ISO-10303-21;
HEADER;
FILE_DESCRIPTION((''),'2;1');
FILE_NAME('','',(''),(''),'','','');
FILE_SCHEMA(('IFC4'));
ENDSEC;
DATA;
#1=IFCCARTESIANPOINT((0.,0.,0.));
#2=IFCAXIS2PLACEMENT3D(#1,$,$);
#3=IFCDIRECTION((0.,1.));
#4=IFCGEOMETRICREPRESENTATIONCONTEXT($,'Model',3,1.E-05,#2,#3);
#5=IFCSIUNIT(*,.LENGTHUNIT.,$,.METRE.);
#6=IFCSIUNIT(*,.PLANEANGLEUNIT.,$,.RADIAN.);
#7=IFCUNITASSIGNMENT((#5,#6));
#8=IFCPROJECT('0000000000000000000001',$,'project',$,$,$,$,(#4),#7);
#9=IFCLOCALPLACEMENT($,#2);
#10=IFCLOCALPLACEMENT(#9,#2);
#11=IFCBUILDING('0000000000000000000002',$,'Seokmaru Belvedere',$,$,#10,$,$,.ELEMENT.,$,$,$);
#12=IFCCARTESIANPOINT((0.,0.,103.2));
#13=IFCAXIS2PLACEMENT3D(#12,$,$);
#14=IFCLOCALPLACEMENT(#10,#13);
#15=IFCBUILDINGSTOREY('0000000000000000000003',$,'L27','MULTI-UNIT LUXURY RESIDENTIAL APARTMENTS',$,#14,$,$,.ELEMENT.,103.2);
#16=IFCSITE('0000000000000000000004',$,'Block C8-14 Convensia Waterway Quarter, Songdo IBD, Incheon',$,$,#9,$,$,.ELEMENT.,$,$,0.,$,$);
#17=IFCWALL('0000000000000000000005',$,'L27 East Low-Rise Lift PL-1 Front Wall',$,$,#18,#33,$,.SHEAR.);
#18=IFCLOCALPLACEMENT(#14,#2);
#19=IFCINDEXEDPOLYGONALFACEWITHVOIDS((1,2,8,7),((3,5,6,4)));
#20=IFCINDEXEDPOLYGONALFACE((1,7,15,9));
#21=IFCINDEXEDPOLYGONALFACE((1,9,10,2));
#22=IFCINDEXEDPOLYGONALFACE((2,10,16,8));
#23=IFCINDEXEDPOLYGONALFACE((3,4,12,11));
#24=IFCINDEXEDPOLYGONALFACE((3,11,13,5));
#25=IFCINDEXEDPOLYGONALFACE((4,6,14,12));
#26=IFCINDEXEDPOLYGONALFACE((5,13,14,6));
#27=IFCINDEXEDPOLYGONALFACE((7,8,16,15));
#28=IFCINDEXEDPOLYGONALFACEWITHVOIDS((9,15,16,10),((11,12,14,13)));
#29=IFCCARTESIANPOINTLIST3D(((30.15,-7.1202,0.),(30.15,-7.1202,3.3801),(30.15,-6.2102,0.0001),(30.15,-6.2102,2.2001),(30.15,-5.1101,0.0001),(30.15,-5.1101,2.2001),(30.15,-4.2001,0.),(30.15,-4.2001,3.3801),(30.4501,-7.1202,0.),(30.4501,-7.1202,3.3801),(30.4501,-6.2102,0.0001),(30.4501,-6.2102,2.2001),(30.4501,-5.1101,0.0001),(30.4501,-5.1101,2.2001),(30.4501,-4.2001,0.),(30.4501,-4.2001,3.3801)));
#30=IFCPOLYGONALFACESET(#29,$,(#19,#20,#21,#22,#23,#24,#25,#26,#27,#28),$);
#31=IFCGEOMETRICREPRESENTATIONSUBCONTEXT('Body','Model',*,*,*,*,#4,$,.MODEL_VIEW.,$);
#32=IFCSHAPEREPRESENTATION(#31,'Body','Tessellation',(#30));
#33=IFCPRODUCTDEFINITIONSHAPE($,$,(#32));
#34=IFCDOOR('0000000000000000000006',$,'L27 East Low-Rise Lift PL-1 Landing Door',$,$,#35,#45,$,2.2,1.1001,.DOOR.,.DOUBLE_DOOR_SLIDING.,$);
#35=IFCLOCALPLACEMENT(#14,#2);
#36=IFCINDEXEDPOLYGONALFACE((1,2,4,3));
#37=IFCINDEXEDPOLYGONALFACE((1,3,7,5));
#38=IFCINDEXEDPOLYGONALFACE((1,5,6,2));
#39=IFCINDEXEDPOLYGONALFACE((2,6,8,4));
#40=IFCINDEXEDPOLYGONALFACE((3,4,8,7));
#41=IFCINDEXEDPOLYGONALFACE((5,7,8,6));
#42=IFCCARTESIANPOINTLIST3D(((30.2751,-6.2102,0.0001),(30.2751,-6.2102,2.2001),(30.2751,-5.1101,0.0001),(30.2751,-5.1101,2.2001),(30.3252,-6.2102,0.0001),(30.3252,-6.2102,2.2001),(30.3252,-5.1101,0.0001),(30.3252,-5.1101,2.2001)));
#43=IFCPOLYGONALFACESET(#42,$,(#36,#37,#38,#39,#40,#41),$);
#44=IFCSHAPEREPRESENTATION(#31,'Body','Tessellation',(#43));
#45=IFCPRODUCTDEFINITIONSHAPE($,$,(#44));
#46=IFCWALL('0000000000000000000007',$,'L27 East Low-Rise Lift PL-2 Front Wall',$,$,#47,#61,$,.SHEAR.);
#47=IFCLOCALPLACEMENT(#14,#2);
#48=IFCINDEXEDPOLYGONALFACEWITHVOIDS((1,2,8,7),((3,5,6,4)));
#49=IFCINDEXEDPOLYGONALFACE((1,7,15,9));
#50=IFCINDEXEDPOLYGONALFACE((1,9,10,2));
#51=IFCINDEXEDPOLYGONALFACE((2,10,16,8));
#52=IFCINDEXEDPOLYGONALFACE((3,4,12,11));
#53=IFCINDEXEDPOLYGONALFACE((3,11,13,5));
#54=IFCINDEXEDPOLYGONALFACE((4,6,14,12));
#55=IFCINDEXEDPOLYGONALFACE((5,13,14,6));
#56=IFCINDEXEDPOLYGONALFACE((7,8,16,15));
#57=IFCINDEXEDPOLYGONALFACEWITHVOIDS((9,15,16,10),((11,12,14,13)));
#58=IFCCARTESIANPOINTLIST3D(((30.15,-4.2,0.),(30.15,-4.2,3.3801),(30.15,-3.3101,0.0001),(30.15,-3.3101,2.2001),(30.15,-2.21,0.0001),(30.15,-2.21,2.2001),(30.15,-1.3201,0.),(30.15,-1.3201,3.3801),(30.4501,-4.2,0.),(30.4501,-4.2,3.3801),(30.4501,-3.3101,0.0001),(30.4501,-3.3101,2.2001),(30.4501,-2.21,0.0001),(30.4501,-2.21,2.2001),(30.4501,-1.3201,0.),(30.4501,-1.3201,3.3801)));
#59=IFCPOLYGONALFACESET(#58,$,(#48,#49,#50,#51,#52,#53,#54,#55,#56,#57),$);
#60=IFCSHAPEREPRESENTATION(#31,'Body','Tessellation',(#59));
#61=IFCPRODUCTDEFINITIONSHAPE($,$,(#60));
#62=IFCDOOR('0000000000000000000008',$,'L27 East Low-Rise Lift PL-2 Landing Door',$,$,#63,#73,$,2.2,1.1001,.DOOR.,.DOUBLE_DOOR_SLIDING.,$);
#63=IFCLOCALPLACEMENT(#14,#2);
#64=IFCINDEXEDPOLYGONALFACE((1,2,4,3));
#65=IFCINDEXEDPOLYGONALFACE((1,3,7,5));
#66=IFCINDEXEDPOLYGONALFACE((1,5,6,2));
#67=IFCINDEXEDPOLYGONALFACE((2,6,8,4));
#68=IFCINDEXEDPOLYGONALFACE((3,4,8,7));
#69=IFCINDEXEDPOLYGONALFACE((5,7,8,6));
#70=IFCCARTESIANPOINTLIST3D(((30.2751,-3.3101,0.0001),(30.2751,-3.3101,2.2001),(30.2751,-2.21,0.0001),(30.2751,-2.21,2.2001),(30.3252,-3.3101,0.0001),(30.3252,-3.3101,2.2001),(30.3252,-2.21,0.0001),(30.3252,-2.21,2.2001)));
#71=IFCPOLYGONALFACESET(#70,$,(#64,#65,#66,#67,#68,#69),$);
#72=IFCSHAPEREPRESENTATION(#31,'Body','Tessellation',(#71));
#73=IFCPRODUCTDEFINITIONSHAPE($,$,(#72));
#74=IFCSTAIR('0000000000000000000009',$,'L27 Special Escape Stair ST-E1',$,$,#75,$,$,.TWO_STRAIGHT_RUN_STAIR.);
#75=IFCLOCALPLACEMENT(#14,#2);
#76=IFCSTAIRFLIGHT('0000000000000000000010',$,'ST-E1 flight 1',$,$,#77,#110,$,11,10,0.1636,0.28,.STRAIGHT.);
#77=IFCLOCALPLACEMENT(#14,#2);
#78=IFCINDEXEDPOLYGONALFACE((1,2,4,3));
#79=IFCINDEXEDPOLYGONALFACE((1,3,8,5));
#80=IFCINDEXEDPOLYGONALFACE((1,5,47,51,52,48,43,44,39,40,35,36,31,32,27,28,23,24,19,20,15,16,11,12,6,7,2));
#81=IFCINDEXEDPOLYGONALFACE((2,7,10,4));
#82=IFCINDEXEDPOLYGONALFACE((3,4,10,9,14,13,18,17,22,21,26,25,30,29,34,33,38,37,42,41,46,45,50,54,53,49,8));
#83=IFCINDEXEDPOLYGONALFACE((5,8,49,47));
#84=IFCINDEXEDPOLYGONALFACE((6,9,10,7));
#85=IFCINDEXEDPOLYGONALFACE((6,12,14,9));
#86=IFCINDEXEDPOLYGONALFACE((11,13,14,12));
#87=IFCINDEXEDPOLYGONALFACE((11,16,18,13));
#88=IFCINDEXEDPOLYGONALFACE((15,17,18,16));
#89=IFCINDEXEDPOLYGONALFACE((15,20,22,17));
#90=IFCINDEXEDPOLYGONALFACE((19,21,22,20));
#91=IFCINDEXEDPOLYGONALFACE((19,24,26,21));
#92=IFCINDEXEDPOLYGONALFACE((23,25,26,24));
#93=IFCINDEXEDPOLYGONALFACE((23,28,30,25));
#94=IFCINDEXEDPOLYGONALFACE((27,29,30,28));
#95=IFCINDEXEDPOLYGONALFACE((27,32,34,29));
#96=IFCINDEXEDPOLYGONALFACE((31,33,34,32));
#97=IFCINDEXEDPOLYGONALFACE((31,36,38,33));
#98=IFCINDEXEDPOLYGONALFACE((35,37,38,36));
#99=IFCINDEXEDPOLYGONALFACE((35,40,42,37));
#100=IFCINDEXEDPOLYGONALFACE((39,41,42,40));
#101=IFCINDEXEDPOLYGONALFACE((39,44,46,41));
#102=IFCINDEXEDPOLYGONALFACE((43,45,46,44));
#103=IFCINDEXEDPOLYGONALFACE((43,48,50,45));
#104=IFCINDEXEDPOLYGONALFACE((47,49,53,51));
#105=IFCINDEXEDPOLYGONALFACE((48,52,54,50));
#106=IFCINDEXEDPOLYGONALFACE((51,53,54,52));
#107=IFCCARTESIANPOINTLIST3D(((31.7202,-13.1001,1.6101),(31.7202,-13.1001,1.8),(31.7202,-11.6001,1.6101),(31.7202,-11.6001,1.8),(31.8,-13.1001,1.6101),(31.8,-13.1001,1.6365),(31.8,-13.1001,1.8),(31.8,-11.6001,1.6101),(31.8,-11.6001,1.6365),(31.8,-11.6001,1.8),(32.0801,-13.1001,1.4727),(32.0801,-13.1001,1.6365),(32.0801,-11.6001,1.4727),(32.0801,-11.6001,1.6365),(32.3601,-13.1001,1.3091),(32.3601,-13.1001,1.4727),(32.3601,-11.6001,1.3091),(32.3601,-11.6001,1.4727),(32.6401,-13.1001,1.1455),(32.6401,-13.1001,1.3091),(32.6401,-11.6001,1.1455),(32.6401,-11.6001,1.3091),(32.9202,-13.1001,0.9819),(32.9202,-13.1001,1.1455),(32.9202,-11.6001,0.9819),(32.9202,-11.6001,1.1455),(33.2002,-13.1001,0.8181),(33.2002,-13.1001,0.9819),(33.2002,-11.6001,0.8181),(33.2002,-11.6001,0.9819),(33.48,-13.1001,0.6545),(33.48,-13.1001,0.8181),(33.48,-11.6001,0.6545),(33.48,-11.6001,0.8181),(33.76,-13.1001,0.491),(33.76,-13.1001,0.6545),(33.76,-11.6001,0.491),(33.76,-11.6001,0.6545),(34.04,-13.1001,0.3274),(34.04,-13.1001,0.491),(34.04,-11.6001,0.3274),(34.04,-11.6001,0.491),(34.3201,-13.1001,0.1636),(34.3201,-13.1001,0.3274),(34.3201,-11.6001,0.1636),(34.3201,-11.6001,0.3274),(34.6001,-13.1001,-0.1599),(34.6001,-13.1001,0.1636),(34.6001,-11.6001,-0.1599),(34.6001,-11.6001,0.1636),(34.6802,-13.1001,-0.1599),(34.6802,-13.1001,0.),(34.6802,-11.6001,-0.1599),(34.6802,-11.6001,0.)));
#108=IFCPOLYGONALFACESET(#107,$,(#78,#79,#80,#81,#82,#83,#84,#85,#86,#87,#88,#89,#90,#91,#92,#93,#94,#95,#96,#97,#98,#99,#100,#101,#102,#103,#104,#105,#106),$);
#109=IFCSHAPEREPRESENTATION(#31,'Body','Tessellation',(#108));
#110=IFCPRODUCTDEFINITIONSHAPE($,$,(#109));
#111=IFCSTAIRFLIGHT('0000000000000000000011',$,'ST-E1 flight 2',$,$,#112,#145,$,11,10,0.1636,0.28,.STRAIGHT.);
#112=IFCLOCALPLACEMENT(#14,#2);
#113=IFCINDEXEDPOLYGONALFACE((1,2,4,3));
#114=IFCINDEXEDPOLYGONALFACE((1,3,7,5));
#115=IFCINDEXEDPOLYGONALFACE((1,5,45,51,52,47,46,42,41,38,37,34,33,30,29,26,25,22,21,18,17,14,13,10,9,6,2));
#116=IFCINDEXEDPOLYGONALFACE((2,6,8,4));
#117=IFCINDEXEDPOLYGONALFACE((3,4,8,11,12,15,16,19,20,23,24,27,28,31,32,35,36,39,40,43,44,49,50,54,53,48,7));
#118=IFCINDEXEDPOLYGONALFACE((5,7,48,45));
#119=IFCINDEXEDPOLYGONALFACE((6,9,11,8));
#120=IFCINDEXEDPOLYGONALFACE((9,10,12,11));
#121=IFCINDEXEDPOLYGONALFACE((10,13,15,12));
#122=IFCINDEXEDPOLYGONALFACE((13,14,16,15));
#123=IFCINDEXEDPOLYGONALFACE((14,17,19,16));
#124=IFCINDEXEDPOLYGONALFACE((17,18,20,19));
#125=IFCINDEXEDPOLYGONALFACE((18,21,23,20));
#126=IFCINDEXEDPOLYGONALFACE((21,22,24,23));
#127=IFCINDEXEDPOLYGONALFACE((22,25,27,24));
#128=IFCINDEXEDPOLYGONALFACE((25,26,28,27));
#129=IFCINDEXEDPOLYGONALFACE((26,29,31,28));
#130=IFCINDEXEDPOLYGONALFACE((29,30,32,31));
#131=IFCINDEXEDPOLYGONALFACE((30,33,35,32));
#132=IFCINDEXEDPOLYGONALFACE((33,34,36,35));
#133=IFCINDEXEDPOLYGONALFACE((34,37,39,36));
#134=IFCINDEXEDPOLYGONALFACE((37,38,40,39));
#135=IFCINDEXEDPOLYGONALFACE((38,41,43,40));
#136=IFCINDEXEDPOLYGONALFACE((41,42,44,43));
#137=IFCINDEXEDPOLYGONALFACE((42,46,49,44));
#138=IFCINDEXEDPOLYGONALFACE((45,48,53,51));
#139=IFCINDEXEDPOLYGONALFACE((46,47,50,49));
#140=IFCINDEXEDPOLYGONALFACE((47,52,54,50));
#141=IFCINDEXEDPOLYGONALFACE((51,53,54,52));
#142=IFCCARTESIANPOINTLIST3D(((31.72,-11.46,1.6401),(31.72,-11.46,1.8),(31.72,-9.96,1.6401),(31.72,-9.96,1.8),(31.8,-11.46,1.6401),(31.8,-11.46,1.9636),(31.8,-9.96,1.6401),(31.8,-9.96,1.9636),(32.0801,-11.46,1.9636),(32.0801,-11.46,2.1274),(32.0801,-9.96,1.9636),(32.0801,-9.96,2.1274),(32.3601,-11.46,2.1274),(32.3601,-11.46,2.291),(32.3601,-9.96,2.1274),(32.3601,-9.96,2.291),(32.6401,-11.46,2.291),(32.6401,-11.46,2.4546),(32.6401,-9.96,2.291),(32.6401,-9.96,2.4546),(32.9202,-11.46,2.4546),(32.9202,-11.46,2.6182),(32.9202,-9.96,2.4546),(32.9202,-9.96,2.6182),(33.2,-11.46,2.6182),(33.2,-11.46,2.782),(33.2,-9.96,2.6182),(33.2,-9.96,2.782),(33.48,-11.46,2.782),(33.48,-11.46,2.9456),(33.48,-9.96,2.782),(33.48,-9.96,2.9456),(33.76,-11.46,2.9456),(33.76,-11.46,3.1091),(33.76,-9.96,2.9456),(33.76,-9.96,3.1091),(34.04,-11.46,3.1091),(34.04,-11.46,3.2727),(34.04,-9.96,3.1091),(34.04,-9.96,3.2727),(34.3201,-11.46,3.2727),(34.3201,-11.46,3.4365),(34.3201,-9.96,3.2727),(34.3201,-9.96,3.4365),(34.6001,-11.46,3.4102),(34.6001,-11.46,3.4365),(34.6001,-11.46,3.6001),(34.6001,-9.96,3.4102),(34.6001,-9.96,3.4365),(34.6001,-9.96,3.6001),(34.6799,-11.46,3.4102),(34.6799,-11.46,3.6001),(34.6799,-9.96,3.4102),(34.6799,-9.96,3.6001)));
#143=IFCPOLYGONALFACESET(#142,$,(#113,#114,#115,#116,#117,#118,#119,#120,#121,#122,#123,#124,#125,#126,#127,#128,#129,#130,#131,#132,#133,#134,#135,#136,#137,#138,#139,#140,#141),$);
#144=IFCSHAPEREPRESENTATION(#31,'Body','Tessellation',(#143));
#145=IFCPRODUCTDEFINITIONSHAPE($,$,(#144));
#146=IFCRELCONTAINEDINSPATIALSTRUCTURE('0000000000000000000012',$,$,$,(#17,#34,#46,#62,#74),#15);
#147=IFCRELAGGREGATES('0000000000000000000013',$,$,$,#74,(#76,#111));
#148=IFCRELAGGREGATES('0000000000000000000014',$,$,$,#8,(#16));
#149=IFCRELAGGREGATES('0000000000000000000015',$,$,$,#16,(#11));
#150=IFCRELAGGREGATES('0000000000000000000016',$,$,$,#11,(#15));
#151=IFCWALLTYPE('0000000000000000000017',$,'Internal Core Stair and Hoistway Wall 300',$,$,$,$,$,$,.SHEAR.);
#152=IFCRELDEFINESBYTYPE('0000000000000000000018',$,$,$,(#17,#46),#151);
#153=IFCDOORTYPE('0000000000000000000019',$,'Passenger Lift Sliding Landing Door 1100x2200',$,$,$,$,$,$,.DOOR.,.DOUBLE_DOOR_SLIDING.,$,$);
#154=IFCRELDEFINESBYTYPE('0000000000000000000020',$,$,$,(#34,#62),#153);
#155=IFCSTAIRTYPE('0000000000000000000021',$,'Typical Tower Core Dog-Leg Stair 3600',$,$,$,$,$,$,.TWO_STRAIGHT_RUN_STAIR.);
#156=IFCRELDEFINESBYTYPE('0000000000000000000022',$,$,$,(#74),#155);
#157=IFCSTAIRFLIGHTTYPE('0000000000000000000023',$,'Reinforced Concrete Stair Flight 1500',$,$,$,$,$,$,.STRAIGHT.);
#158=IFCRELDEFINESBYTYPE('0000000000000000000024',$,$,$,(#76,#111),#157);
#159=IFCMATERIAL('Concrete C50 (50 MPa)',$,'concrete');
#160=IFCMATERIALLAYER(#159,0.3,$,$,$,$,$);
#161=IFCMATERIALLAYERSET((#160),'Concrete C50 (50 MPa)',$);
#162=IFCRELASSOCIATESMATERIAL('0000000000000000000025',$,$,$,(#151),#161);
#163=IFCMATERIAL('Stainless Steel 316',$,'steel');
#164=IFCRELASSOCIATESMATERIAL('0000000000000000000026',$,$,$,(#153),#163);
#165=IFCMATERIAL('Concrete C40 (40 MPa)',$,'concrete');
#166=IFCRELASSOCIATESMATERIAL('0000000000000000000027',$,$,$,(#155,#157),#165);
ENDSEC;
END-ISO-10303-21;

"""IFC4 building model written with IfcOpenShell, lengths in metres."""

from ifc_helpers import new_model, si_unit, direction, frame, frame_2d, origin, place, context, subcontext, project, spatial, polyline, rectangle, outline, extrude, source, transform, mapped, material, layer, layer_set, type_object, type_shapes, element, fill, aggregate, save


model = new_model("IFC4")

# Units and contexts
model_context = context("Model", 3, precision=1e-05, world=origin(), true_north=direction((0.0, 1.0)))
body_context = subcontext(model_context, "Body", "Model", "MODEL_VIEW")
ifc_project = project(units=[si_unit("LENGTHUNIT", "METRE"), si_unit("PLANEANGLEUNIT", "RADIAN")], contexts=[model_context])

# Site, building, storey
site_placement = place(None, origin())
site = spatial("IfcSite", under=ifc_project, at=site_placement, Name="Block C8-14 Convensia Waterway Quarter, Songdo IBD, Incheon", CompositionType="ELEMENT", RefElevation=0.0)
building_placement = place(site_placement, origin())
building = spatial("IfcBuilding", under=site, at=building_placement, Name="Seokmaru Belvedere", CompositionType="ELEMENT")
storey_placement = place(building_placement, frame((0.0, 0.0, 103.2)))
storey = spatial("IfcBuildingStorey", under=building, at=storey_placement, Name="L27", Description="MULTI-UNIT LUXURY RESIDENTIAL APARTMENTS", CompositionType="ELEMENT", Elevation=103.2)

# Walls, openings, doors
ifc_material_1 = material(Name="Concrete C50 (50 MPa)", Category="concrete")
ifc_layer_1 = layer(ifc_material_1, 0.3)
ifc_layer_set_1 = layer_set([ifc_layer_1], Name="Concrete C50 (50 MPa)")
wall_type_1 = type_object("IfcWallType", Name="Internal Core Stair and Hoistway Wall 300", PredefinedType="SHEAR", material=ifc_layer_set_1)
ifc_material_2 = material(Name="Stainless Steel 316", Category="steel")
wall_1_placement = place(storey_placement, frame((30.3, -7.1201, 0.0), z_axis=(0.0, 0.0, 1.0), x_axis=(0.0, 1.0, 0.0)))
wall_1 = element("IfcWall", 1, at=wall_1_placement, inside=storey, type_object=wall_type_1, Name="L27 East Low-Rise Lift PL-1 Front Wall", PredefinedType="SHEAR", context=body_context, shape_type="SweptSolid", body=[
    extrude(rectangle(XDim=2.9202, YDim=0.3, at=frame_2d((1.46, 0.0))), origin(), (0.0, 0.0, 1.0), 3.3801),
])
opening_1_placement = place(wall_1_placement, frame((0.9099, 0.0, 0.0)))
opening_1 = element("IfcOpeningElement", 2, at=opening_1_placement, cuts=wall_1, PredefinedType="OPENING", context=body_context, shape_type="SweptSolid", body=[
    extrude(rectangle(XDim=1.1001, YDim=2.2, at=frame_2d((0.55, 1.1001))), frame((0.0, 0.1602, 0.0), z_axis=(0.0, -1.0, 0.0), x_axis=(1.0, 0.0, 0.0)), (0.0, 0.0, 1.0), 0.3201),
])
door_type_1 = type_object("IfcDoorType", Name="Passenger Lift Sliding Landing Door 1100x2200", OperationType="DOUBLE_DOOR_SLIDING", PredefinedType="DOOR", material=ifc_material_2)
shared_shape_1 = source(origin(), body_context, "Body", "SweptSolid", [
    extrude(rectangle(XDim=1.1001, YDim=2.2, at=frame_2d((0.55, 1.1001))), frame((0.0, 0.0249, 0.0), z_axis=(0.0, -1.0, 0.0), x_axis=(1.0, 0.0, 0.0)), (0.0, 0.0, 1.0), 0.05),
])
type_shapes(door_type_1, [shared_shape_1])
door_1_placement = place(opening_1_placement, origin())
door_1 = element("IfcDoor", 3, at=door_1_placement, inside=storey, type_object=door_type_1, Name="L27 East Low-Rise Lift PL-1 Landing Door", OperationType="DOUBLE_DOOR_SLIDING", OverallHeight=2.2, OverallWidth=1.1001, PredefinedType="DOOR", context=body_context, shape_type="MappedRepresentation", body=[
    mapped(shared_shape_1, transform((0.0, 0.0, 0.0), scale=1.0)),
])
fill(opening_1, door_1)
wall_2_placement = place(storey_placement, frame((30.3, -4.2, 0.0), z_axis=(0.0, 0.0, 1.0), x_axis=(0.0, 1.0, 0.0)))
wall_2 = element("IfcWall", 4, at=wall_2_placement, inside=storey, type_object=wall_type_1, Name="L27 East Low-Rise Lift PL-2 Front Wall", PredefinedType="SHEAR", context=body_context, shape_type="SweptSolid", body=[
    extrude(rectangle(XDim=2.8799, YDim=0.3, at=frame_2d((1.4399, 0.0))), origin(), (0.0, 0.0, 1.0), 3.3801),
])
opening_2_placement = place(wall_2_placement, frame((0.8899, 0.0, 0.0)))
opening_2 = element("IfcOpeningElement", 5, at=opening_2_placement, cuts=wall_2, PredefinedType="OPENING", context=body_context, shape_type="SweptSolid", body=[
    extrude(rectangle(XDim=1.1001, YDim=2.2, at=frame_2d((0.55, 1.1001))), frame((0.0, 0.1602, 0.0), z_axis=(0.0, -1.0, 0.0), x_axis=(1.0, 0.0, 0.0)), (0.0, 0.0, 1.0), 0.3201),
])
door_2_placement = place(opening_2_placement, origin())
door_2 = element("IfcDoor", 6, at=door_2_placement, inside=storey, type_object=door_type_1, Name="L27 East Low-Rise Lift PL-2 Landing Door", OperationType="DOUBLE_DOOR_SLIDING", OverallHeight=2.2, OverallWidth=1.1001, PredefinedType="DOOR", context=body_context, shape_type="MappedRepresentation", body=[
    mapped(shared_shape_1, transform((0.0, 0.0, 0.0), scale=1.0)),
])
fill(opening_2, door_2)

# Stair, stair flights
ifc_material_3 = material(Name="Concrete C40 (40 MPa)", Category="concrete")
stair_type = type_object("IfcStairType", Name="Typical Tower Core Dog-Leg Stair 3600", PredefinedType="TWO_STRAIGHT_RUN_STAIR", material=ifc_material_3)
stair_placement = place(storey_placement, origin())
stair = element("IfcStair", 7, at=stair_placement, inside=storey, type_object=stair_type, Name="L27 Special Escape Stair ST-E1", PredefinedType="TWO_STRAIGHT_RUN_STAIR")
stair_flight_type = type_object("IfcStairFlightType", Name="Reinforced Concrete Stair Flight 1500", PredefinedType="STRAIGHT", material=ifc_material_3)
stair_flight_1_placement = place(storey_placement, frame((34.6001, -12.3501, 0.0), z_axis=(0.0, 0.0, 1.0), x_axis=(-1.0, 0.0, 0.0)))
stair_flight_1 = element("IfcStairFlight", 8, at=stair_flight_1_placement, type_object=stair_flight_type, Name="ST-E1 flight 1", NumberOfRisers=11, NumberOfTreads=10, PredefinedType="STRAIGHT", RiserHeight=0.1636, TreadLength=0.28, context=body_context, shape_type="SweptSolid", body=[
    extrude(outline(polyline([(-0.0801, 0.0), (0.0, 0.1636), (0.28, 0.1636), (0.28, 0.3274), (0.5601, 0.3274), (0.5601, 0.491), (0.8401, 0.491), (0.8401, 0.6545), (1.1201, 0.6545), (1.1201, 0.8181), (1.3999, 0.8181), (1.3999, 0.9819), (1.6799, 0.9819), (1.6799, 1.1455), (1.96, 1.1455), (1.96, 1.3091), (2.24, 1.3091), (2.24, 1.4727), (2.52, 1.4727), (2.52, 1.6365), (2.8, 1.6365), (2.8, 1.8), (2.8799, 1.8), (2.8799, 1.6101), (2.8, 1.6101), (0.0, -0.1599), (-0.0801, -0.1599), (-0.0801, 0.0)])), frame((0.0, 0.75, 0.0), z_axis=(0.0, -1.0, 0.0), x_axis=(1.0, 0.0, 0.0)), (0.0, 0.0, 1.0), 1.5),
])
stair_flight_2_placement = place(storey_placement, frame((31.8, -10.71, 1.8), z_axis=(0.0, 0.0, 1.0), x_axis=(1.0, 0.0, 0.0)))
stair_flight_2 = element("IfcStairFlight", 9, at=stair_flight_2_placement, type_object=stair_flight_type, Name="ST-E1 flight 2", NumberOfRisers=11, NumberOfTreads=10, PredefinedType="STRAIGHT", RiserHeight=0.1636, TreadLength=0.28, context=body_context, shape_type="SweptSolid", body=[
    extrude(outline(polyline([(-0.0801, 0.0), (0.0, 0.1636), (0.28, 0.1636), (0.28, 0.3274), (0.5601, 0.3274), (0.5601, 0.491), (0.8401, 0.491), (0.8401, 0.6545), (1.1201, 0.6545), (1.1201, 0.8181), (1.3999, 0.8181), (1.3999, 0.9819), (1.6799, 0.9819), (1.6799, 1.1455), (1.96, 1.1455), (1.96, 1.3091), (2.24, 1.3091), (2.24, 1.4727), (2.52, 1.4727), (2.52, 1.6365), (2.8, 1.6365), (2.8, 1.8), (2.8799, 1.8), (2.8799, 1.6101), (2.8, 1.6101), (0.0, -0.1599), (-0.0801, -0.1599), (-0.0801, 0.0)])), frame((0.0, 0.75, 0.0), z_axis=(0.0, -1.0, 0.0), x_axis=(1.0, 0.0, 0.0)), (0.0, 0.0, 1.0), 1.5),
])
aggregate(stair, [stair_flight_1, stair_flight_2])

save(model, "model.ifc")
